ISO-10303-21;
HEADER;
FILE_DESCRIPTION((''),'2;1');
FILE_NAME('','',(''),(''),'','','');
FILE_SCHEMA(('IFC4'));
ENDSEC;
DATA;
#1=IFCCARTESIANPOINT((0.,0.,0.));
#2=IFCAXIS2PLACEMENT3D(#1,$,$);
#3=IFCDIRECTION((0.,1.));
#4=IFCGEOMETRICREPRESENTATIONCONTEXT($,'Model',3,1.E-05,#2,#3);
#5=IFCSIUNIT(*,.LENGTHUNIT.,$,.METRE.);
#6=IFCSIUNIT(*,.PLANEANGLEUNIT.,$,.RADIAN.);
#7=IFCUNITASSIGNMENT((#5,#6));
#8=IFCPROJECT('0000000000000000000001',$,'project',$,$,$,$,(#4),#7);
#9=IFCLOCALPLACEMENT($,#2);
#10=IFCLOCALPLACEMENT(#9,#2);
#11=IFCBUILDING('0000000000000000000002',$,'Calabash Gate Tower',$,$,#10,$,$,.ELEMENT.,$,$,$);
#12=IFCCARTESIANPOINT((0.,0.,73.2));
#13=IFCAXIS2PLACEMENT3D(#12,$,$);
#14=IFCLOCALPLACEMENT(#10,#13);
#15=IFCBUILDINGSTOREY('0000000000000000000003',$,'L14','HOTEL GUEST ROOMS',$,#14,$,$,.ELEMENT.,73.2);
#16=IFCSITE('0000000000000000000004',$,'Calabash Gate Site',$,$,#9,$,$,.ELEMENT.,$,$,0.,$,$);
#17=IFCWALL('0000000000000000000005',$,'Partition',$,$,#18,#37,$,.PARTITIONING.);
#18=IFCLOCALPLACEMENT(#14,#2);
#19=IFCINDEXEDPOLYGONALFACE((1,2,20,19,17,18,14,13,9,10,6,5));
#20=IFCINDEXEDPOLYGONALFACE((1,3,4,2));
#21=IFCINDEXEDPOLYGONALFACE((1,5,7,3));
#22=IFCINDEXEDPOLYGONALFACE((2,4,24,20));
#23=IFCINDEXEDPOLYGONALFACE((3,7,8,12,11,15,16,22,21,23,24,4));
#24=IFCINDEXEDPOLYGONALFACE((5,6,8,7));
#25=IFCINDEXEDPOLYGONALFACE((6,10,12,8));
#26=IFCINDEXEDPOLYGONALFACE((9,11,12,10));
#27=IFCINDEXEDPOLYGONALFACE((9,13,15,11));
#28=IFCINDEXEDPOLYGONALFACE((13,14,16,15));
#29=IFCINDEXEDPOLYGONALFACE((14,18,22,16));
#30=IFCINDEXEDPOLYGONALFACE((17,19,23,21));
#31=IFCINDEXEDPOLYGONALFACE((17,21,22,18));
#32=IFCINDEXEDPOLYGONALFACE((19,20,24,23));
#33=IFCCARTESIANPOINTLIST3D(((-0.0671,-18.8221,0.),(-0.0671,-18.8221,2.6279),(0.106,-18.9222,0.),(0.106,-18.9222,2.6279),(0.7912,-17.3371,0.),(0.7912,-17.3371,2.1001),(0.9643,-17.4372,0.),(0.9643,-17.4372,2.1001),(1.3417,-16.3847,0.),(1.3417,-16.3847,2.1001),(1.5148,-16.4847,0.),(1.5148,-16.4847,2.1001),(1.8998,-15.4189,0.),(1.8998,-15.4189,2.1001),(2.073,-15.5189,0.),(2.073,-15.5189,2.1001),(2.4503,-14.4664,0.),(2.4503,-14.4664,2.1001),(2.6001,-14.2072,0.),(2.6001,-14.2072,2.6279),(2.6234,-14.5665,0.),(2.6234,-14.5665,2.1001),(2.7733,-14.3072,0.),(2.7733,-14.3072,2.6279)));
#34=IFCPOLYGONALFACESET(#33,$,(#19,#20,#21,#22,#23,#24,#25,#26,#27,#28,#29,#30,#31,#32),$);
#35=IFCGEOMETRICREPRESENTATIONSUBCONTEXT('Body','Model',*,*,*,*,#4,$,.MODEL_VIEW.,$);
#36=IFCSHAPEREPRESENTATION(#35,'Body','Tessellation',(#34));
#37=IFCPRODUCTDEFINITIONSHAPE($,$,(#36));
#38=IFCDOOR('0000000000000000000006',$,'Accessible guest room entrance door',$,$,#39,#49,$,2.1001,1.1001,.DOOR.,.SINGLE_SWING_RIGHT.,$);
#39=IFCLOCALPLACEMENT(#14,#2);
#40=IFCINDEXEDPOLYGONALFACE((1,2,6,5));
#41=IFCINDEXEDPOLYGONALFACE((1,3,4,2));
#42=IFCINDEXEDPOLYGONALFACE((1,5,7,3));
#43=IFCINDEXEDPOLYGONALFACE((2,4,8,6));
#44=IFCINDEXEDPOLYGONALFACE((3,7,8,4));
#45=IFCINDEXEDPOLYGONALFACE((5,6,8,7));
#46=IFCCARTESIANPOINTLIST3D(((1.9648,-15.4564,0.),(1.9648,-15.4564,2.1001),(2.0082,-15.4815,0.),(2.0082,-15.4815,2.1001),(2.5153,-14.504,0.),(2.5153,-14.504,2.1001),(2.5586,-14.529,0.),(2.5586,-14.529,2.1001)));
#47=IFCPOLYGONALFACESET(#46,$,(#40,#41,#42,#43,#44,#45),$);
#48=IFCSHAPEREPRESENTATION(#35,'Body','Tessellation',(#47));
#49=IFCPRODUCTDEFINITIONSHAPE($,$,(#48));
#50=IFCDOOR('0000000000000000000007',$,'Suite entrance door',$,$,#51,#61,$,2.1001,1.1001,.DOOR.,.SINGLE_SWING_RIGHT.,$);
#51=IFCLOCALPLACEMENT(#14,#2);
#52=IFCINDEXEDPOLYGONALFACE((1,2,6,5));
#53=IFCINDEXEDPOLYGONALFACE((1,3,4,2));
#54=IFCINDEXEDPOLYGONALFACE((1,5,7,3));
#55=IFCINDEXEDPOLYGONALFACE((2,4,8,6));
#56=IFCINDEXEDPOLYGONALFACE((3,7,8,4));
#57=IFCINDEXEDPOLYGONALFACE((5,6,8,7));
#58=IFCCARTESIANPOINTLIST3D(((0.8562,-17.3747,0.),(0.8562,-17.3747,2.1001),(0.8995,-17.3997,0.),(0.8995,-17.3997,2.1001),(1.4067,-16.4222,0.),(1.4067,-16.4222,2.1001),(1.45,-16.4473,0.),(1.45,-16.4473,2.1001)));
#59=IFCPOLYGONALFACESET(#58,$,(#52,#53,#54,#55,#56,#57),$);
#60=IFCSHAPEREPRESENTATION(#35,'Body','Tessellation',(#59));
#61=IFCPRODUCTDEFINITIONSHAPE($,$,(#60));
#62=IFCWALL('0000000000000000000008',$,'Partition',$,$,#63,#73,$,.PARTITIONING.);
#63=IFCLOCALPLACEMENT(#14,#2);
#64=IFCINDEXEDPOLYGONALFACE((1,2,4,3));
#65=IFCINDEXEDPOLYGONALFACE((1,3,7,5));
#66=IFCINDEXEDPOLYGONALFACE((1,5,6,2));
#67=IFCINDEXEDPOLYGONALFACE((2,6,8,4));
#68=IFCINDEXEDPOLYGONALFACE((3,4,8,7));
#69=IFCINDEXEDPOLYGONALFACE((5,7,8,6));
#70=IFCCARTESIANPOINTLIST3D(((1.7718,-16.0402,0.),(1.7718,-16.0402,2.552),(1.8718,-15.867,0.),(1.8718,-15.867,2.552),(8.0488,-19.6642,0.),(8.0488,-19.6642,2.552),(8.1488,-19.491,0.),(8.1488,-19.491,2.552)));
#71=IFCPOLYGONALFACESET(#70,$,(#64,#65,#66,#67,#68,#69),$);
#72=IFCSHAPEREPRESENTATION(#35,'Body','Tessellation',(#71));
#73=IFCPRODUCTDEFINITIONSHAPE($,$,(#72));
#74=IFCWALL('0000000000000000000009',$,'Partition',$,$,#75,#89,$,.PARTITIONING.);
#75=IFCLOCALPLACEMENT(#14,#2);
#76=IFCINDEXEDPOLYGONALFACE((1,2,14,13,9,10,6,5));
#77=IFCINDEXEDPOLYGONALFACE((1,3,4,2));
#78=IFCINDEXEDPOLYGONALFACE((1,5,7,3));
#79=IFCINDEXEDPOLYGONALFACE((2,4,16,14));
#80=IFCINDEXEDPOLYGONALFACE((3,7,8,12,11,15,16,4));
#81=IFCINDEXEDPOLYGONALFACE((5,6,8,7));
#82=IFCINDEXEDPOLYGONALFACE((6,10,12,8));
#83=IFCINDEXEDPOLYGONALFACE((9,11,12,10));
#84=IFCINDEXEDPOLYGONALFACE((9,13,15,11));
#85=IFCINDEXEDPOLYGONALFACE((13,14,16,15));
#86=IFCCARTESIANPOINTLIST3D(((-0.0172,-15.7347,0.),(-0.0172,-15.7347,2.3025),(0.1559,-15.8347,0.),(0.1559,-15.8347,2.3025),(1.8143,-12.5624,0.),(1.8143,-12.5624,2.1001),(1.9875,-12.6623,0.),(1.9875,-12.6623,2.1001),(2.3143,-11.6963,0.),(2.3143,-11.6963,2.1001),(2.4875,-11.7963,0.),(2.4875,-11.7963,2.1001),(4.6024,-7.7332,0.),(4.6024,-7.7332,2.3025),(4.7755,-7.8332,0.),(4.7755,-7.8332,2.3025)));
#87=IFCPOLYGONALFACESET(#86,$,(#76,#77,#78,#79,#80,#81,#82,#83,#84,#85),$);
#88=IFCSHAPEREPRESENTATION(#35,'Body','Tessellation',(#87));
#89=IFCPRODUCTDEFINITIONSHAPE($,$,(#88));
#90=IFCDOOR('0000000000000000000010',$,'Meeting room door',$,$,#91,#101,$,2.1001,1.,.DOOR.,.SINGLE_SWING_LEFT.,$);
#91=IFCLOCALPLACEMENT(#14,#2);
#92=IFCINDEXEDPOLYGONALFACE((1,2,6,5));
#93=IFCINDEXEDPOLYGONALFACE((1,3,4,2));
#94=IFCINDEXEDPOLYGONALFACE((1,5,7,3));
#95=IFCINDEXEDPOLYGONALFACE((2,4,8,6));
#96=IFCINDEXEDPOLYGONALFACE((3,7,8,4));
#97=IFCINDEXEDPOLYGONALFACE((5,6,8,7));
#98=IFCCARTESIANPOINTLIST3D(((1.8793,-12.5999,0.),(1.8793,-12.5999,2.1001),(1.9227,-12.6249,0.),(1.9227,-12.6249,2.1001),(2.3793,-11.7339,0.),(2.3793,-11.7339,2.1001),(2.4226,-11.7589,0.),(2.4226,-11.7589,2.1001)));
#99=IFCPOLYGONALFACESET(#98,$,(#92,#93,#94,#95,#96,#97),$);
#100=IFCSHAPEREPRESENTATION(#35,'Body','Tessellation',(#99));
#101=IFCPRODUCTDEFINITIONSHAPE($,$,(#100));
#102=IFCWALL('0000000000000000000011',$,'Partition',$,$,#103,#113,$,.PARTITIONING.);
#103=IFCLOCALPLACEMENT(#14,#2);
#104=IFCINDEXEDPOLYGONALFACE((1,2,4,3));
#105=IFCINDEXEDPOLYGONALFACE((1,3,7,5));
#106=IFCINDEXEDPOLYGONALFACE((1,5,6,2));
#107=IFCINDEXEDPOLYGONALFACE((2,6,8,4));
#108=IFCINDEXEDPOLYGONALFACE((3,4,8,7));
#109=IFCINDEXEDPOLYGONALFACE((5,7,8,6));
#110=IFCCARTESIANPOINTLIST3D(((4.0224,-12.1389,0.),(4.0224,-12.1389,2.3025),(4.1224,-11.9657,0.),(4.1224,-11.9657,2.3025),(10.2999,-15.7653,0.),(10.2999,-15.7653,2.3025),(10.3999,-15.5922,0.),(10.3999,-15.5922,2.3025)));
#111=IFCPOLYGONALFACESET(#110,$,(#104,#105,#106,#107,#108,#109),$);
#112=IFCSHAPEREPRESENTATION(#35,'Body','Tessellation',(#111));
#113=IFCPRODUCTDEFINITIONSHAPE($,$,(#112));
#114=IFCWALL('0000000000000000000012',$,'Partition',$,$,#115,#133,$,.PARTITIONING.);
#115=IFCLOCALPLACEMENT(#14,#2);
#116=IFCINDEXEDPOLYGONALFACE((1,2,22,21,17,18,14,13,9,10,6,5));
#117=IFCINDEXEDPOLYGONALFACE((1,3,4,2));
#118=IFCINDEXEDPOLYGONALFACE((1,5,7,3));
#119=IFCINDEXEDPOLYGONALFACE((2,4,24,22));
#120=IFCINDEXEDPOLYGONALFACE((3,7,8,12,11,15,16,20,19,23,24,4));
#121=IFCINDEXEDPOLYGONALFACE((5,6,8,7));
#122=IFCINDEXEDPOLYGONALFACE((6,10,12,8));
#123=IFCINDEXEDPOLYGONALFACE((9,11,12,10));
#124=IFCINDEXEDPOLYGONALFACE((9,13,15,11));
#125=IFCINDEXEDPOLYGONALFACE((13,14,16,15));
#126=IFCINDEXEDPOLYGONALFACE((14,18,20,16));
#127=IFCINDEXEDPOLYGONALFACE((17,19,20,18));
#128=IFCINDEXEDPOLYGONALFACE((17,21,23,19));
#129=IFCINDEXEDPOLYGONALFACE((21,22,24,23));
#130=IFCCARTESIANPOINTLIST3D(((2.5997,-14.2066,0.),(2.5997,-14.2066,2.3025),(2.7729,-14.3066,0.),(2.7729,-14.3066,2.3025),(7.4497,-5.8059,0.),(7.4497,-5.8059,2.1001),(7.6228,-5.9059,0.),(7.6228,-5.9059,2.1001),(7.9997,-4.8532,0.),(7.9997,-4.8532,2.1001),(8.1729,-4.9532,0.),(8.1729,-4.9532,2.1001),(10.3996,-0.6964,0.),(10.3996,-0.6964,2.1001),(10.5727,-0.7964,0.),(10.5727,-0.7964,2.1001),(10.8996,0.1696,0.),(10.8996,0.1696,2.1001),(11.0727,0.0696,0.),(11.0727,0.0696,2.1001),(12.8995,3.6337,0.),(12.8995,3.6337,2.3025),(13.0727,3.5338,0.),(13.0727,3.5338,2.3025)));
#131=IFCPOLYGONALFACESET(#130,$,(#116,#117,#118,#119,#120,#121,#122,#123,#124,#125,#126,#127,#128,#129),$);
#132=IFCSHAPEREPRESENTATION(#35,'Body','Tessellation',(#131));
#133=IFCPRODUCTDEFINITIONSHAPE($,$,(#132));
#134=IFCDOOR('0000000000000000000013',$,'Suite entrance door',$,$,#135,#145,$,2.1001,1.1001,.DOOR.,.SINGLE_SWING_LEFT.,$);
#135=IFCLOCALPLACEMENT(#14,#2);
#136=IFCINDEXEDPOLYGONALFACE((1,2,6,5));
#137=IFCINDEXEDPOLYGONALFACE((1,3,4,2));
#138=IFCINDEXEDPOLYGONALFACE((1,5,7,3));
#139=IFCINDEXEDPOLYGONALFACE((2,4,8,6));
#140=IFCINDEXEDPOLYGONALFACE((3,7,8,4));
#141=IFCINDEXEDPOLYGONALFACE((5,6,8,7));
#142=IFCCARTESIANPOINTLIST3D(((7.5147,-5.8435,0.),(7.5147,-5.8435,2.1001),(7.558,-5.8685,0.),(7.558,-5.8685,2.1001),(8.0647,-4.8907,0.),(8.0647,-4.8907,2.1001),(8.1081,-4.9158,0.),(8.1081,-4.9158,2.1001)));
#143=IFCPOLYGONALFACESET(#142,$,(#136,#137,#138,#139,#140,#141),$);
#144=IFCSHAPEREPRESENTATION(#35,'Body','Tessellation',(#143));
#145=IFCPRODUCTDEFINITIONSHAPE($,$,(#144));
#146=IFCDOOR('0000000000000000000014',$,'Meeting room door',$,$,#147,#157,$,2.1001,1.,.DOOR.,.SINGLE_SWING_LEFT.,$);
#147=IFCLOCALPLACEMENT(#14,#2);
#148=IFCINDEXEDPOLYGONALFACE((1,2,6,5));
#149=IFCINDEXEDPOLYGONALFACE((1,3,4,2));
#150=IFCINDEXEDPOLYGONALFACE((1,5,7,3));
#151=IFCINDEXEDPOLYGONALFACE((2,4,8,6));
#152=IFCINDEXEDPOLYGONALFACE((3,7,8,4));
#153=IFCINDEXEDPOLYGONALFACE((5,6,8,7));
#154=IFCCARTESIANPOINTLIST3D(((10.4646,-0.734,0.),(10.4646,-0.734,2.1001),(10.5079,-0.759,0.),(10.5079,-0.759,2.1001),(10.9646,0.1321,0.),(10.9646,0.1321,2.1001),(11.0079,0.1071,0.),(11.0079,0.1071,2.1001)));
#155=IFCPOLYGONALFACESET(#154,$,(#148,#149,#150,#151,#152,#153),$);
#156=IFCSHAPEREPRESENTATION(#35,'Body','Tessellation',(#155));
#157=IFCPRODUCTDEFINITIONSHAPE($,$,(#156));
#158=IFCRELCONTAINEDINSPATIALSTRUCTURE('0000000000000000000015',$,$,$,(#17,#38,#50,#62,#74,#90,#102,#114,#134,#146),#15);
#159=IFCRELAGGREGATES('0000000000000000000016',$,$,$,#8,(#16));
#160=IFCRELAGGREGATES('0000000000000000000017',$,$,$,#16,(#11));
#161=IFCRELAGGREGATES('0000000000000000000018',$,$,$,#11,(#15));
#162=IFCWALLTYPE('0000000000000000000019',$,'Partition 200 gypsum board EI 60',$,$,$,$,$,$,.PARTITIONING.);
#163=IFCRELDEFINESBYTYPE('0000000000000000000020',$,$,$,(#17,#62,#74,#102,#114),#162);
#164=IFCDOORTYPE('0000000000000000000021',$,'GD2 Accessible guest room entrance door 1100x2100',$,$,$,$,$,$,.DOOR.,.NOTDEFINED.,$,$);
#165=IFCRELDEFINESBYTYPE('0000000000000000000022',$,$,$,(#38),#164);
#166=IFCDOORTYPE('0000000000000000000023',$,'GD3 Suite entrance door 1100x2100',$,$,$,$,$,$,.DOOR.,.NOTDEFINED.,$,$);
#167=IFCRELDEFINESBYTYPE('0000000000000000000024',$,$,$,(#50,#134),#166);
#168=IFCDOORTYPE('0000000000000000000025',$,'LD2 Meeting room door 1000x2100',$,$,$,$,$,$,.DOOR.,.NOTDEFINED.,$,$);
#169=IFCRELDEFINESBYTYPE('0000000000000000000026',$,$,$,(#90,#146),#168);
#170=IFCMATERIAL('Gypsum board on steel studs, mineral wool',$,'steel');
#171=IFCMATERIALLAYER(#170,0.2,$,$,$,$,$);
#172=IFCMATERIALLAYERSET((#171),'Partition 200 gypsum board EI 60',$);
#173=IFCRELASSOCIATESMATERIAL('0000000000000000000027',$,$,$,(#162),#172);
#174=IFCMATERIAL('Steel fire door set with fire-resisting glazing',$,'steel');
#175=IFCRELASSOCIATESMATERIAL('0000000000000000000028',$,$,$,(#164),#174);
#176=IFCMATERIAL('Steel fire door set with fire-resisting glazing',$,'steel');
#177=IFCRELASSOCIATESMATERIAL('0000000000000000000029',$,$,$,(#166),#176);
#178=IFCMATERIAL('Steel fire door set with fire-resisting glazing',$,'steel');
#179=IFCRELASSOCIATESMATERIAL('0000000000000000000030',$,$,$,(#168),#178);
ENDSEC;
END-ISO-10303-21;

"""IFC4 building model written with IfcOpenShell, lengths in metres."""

from ifc_helpers import new_model, si_unit, direction, frame, frame_2d, origin, place, context, subcontext, project, spatial, rectangle, extrude, material, layer, layer_set, type_object, element, fill, save


model = new_model("IFC4")

# Units and contexts
model_context = context("Model", 3, precision=1e-05, world=origin(), true_north=direction((0.0, 1.0)))
body_context = subcontext(model_context, "Body", "Model", "MODEL_VIEW")
ifc_project = project(units=[si_unit("LENGTHUNIT", "METRE"), si_unit("PLANEANGLEUNIT", "RADIAN")], contexts=[model_context])

# Site, building, storey
site_placement = place(None, origin())
site = spatial("IfcSite", under=ifc_project, at=site_placement, Name="Calabash Gate Site", CompositionType="ELEMENT", RefElevation=0.0)
building_placement = place(site_placement, origin())
building = spatial("IfcBuilding", under=site, at=building_placement, Name="Calabash Gate Tower", CompositionType="ELEMENT")
storey_placement = place(building_placement, frame((0.0, 0.0, 73.2)))
storey = spatial("IfcBuildingStorey", under=building, at=storey_placement, Name="L14", Description="HOTEL GUEST ROOMS", CompositionType="ELEMENT", Elevation=73.2)

# Wall, openings, doors
ifc_material_1 = material(Name="Gypsum board on steel studs, mineral wool", Category="steel")
ifc_layer_1 = layer(ifc_material_1, 0.2)
ifc_layer_set_1 = layer_set([ifc_layer_1], Name="Partition 200 gypsum board EI 60")
wall_type_1 = type_object("IfcWallType", Name="Partition 200 gypsum board EI 60", PredefinedType="PARTITIONING", material=ifc_layer_set_1)
wall_1_placement = place(storey_placement, frame((0.0195, -18.8721, 0.0), z_axis=(0.0, 0.0, 1.0), x_axis=(0.50039, 0.8658, 0.0)))
wall_1 = element("IfcWall", 1, at=wall_1_placement, inside=storey, type_object=wall_type_1, Name="Partition", PredefinedType="PARTITIONING", context=body_context, shape_type="SweptSolid", body=[
    extrude(rectangle(XDim=5.3303, YDim=0.2, at=frame_2d((2.665, 0.0))), origin(), (0.0, 0.0, 1.0), 2.6279),
])
opening_1_placement = place(wall_1_placement, frame((3.9307, 0.0, 0.0)))
opening_1 = element("IfcOpeningElement", 2, at=opening_1_placement, cuts=wall_1, PredefinedType="OPENING", context=body_context, shape_type="SweptSolid", body=[
    extrude(rectangle(XDim=1.1001, YDim=2.1001, at=frame_2d((0.55, 1.05))), frame((0.0, 0.1099, 0.0), z_axis=(0.0, -1.0, 0.0), x_axis=(1.0, 0.0, 0.0)), (0.0, 0.0, 1.0), 0.22),
])
opening_2_placement = place(wall_1_placement, frame((1.7151, 0.0, 0.0)))
opening_2 = element("IfcOpeningElement", 3, at=opening_2_placement, cuts=wall_1, PredefinedType="OPENING", context=body_context, shape_type="SweptSolid", body=[
    extrude(rectangle(XDim=1.1001, YDim=2.1001, at=frame_2d((0.55, 1.05))), frame((0.0, 0.1099, 0.0), z_axis=(0.0, -1.0, 0.0), x_axis=(1.0, 0.0, 0.0)), (0.0, 0.0, 1.0), 0.22),
])
ifc_material_2 = material(Name="Steel fire door set with fire-resisting glazing", Category="steel")
door_type_1 = type_object("IfcDoorType", Name="GD2 Accessible guest room entrance door 1100x2100", OperationType="NOTDEFINED", PredefinedType="DOOR", material=ifc_material_2)
door_1_placement = place(opening_1_placement, origin())
door_1 = element("IfcDoor", 4, at=door_1_placement, inside=storey, type_object=door_type_1, Name="Accessible guest room entrance door", OperationType="SINGLE_SWING_RIGHT", OverallHeight=2.1001, OverallWidth=1.1001, PredefinedType="DOOR", context=body_context, shape_type="SweptSolid", body=[
    extrude(rectangle(XDim=1.1001, YDim=2.1001, at=frame_2d((0.55, 1.05))), frame((0.0, 0.0249, 0.0), z_axis=(0.0, -1.0, 0.0), x_axis=(1.0, 0.0, 0.0)), (0.0, 0.0, 1.0), 0.05),
])
fill(opening_1, door_1)
ifc_material_3 = material(Name="Steel fire door set with fire-resisting glazing", Category="steel")
door_type_2 = type_object("IfcDoorType", Name="GD3 Suite entrance door 1100x2100", OperationType="NOTDEFINED", PredefinedType="DOOR", material=ifc_material_3)
door_2_placement = place(opening_2_placement, origin())
door_2 = element("IfcDoor", 5, at=door_2_placement, inside=storey, type_object=door_type_2, Name="Suite entrance door", OperationType="SINGLE_SWING_RIGHT", OverallHeight=2.1001, OverallWidth=1.1001, PredefinedType="DOOR", context=body_context, shape_type="SweptSolid", body=[
    extrude(rectangle(XDim=1.1001, YDim=2.1001, at=frame_2d((0.55, 1.05))), frame((0.0, 0.0249, 0.0), z_axis=(0.0, -1.0, 0.0), x_axis=(1.0, 0.0, 0.0)), (0.0, 0.0, 1.0), 0.05),
])
fill(opening_2, door_2)

# Wall
wall_2_placement = place(storey_placement, frame((1.8218, -15.9536, 0.0), z_axis=(0.0, 0.0, 1.0), x_axis=(0.866029, -0.499994, 0.0)))
element("IfcWall", 6, at=wall_2_placement, inside=storey, type_object=wall_type_1, Name="Partition", PredefinedType="PARTITIONING", context=body_context, shape_type="SweptSolid", body=[
    extrude(rectangle(XDim=7.248, YDim=0.2, at=frame_2d((3.624, 0.0))), origin(), (0.0, 0.0, 1.0), 2.552),
])

# Wall, opening, door
wall_3_placement = place(storey_placement, frame((0.0693, -15.7847, 0.0), z_axis=(0.0, 0.0, 1.0), x_axis=(0.499998, 0.866026, 0.0)))
wall_3 = element("IfcWall", 7, at=wall_3_placement, inside=storey, type_object=wall_type_1, Name="Partition", PredefinedType="PARTITIONING", context=body_context, shape_type="SweptSolid", body=[
    extrude(rectangle(XDim=9.2393, YDim=0.2, at=frame_2d((4.6196, 0.0))), origin(), (0.0, 0.0, 1.0), 2.3025),
])
opening_3_placement = place(wall_3_placement, frame((3.6631, 0.0, 0.0)))
opening_3 = element("IfcOpeningElement", 8, at=opening_3_placement, cuts=wall_3, PredefinedType="OPENING", context=body_context, shape_type="SweptSolid", body=[
    extrude(rectangle(XDim=1.0, YDim=2.1001, at=frame_2d((0.5, 1.05))), frame((0.0, 0.1099, 0.0), z_axis=(0.0, -1.0, 0.0), x_axis=(1.0, 0.0, 0.0)), (0.0, 0.0, 1.0), 0.22),
])
ifc_material_4 = material(Name="Steel fire door set with fire-resisting glazing", Category="steel")
door_type_3 = type_object("IfcDoorType", Name="LD2 Meeting room door 1000x2100", OperationType="NOTDEFINED", PredefinedType="DOOR", material=ifc_material_4)
door_3_placement = place(opening_3_placement, origin())
door_3 = element("IfcDoor", 9, at=door_3_placement, inside=storey, type_object=door_type_3, Name="Meeting room door", OperationType="SINGLE_SWING_LEFT", OverallHeight=2.1001, OverallWidth=1.0, PredefinedType="DOOR", context=body_context, shape_type="SweptSolid", body=[
    extrude(rectangle(XDim=1.0, YDim=2.1001, at=frame_2d((0.5, 1.05))), frame((0.0, 0.0249, 0.0), z_axis=(0.0, -1.0, 0.0), x_axis=(1.0, 0.0, 0.0)), (0.0, 0.0, 1.0), 0.05),
])
fill(opening_3, door_3)

# Wall
wall_4_placement = place(storey_placement, frame((4.0723, -12.0522, 0.0), z_axis=(0.0, 0.0, 1.0), x_axis=(0.8659, -0.500217, 0.0)))
element("IfcWall", 10, at=wall_4_placement, inside=storey, type_object=wall_type_1, Name="Partition", PredefinedType="PARTITIONING", context=body_context, shape_type="SweptSolid", body=[
    extrude(rectangle(XDim=7.2498, YDim=0.2, at=frame_2d((3.625, 0.0))), origin(), (0.0, 0.0, 1.0), 2.3025),
])

# Wall, openings, doors
wall_5_placement = place(storey_placement, frame((2.6863, -14.2566, 0.0), z_axis=(0.0, 0.0, 1.0), x_axis=(0.499989, 0.866032, 0.0)))
wall_5 = element("IfcWall", 11, at=wall_5_placement, inside=storey, type_object=wall_type_1, Name="Partition", PredefinedType="PARTITIONING", context=body_context, shape_type="SweptSolid", body=[
    extrude(rectangle(XDim=20.6001, YDim=0.2, at=frame_2d((10.3, 0.0))), origin(), (0.0, 0.0, 1.0), 2.3025),
])
opening_4_placement = place(wall_5_placement, frame((9.7002, 0.0, 0.0)))
opening_4 = element("IfcOpeningElement", 12, at=opening_4_placement, cuts=wall_5, PredefinedType="OPENING", context=body_context, shape_type="SweptSolid", body=[
    extrude(rectangle(XDim=1.1001, YDim=2.1001, at=frame_2d((0.55, 1.05))), frame((0.0, 0.1099, 0.0), z_axis=(0.0, -1.0, 0.0), x_axis=(1.0, 0.0, 0.0)), (0.0, 0.0, 1.0), 0.22),
])
opening_5_placement = place(wall_5_placement, frame((15.6001, 0.0, 0.0)))
opening_5 = element("IfcOpeningElement", 13, at=opening_5_placement, cuts=wall_5, PredefinedType="OPENING", context=body_context, shape_type="SweptSolid", body=[
    extrude(rectangle(XDim=1.0, YDim=2.1001, at=frame_2d((0.5, 1.05))), frame((0.0, 0.1099, 0.0), z_axis=(0.0, -1.0, 0.0), x_axis=(1.0, 0.0, 0.0)), (0.0, 0.0, 1.0), 0.22),
])
door_4_placement = place(opening_4_placement, origin())
door_4 = element("IfcDoor", 14, at=door_4_placement, inside=storey, type_object=door_type_2, Name="Suite entrance door", OperationType="SINGLE_SWING_LEFT", OverallHeight=2.1001, OverallWidth=1.1001, PredefinedType="DOOR", context=body_context, shape_type="SweptSolid", body=[
    extrude(rectangle(XDim=1.1001, YDim=2.1001, at=frame_2d((0.55, 1.05))), frame((0.0, 0.0249, 0.0), z_axis=(0.0, -1.0, 0.0), x_axis=(1.0, 0.0, 0.0)), (0.0, 0.0, 1.0), 0.05),
])
fill(opening_4, door_4)
door_5_placement = place(opening_5_placement, origin())
door_5 = element("IfcDoor", 15, at=door_5_placement, inside=storey, type_object=door_type_3, Name="Meeting room door", OperationType="SINGLE_SWING_LEFT", OverallHeight=2.1001, OverallWidth=1.0, PredefinedType="DOOR", context=body_context, shape_type="SweptSolid", body=[
    extrude(rectangle(XDim=1.0, YDim=2.1001, at=frame_2d((0.5, 1.05))), frame((0.0, 0.0249, 0.0), z_axis=(0.0, -1.0, 0.0), x_axis=(1.0, 0.0, 0.0)), (0.0, 0.0, 1.0), 0.05),
])
fill(opening_5, door_5)

save(model, "model.ifc")
